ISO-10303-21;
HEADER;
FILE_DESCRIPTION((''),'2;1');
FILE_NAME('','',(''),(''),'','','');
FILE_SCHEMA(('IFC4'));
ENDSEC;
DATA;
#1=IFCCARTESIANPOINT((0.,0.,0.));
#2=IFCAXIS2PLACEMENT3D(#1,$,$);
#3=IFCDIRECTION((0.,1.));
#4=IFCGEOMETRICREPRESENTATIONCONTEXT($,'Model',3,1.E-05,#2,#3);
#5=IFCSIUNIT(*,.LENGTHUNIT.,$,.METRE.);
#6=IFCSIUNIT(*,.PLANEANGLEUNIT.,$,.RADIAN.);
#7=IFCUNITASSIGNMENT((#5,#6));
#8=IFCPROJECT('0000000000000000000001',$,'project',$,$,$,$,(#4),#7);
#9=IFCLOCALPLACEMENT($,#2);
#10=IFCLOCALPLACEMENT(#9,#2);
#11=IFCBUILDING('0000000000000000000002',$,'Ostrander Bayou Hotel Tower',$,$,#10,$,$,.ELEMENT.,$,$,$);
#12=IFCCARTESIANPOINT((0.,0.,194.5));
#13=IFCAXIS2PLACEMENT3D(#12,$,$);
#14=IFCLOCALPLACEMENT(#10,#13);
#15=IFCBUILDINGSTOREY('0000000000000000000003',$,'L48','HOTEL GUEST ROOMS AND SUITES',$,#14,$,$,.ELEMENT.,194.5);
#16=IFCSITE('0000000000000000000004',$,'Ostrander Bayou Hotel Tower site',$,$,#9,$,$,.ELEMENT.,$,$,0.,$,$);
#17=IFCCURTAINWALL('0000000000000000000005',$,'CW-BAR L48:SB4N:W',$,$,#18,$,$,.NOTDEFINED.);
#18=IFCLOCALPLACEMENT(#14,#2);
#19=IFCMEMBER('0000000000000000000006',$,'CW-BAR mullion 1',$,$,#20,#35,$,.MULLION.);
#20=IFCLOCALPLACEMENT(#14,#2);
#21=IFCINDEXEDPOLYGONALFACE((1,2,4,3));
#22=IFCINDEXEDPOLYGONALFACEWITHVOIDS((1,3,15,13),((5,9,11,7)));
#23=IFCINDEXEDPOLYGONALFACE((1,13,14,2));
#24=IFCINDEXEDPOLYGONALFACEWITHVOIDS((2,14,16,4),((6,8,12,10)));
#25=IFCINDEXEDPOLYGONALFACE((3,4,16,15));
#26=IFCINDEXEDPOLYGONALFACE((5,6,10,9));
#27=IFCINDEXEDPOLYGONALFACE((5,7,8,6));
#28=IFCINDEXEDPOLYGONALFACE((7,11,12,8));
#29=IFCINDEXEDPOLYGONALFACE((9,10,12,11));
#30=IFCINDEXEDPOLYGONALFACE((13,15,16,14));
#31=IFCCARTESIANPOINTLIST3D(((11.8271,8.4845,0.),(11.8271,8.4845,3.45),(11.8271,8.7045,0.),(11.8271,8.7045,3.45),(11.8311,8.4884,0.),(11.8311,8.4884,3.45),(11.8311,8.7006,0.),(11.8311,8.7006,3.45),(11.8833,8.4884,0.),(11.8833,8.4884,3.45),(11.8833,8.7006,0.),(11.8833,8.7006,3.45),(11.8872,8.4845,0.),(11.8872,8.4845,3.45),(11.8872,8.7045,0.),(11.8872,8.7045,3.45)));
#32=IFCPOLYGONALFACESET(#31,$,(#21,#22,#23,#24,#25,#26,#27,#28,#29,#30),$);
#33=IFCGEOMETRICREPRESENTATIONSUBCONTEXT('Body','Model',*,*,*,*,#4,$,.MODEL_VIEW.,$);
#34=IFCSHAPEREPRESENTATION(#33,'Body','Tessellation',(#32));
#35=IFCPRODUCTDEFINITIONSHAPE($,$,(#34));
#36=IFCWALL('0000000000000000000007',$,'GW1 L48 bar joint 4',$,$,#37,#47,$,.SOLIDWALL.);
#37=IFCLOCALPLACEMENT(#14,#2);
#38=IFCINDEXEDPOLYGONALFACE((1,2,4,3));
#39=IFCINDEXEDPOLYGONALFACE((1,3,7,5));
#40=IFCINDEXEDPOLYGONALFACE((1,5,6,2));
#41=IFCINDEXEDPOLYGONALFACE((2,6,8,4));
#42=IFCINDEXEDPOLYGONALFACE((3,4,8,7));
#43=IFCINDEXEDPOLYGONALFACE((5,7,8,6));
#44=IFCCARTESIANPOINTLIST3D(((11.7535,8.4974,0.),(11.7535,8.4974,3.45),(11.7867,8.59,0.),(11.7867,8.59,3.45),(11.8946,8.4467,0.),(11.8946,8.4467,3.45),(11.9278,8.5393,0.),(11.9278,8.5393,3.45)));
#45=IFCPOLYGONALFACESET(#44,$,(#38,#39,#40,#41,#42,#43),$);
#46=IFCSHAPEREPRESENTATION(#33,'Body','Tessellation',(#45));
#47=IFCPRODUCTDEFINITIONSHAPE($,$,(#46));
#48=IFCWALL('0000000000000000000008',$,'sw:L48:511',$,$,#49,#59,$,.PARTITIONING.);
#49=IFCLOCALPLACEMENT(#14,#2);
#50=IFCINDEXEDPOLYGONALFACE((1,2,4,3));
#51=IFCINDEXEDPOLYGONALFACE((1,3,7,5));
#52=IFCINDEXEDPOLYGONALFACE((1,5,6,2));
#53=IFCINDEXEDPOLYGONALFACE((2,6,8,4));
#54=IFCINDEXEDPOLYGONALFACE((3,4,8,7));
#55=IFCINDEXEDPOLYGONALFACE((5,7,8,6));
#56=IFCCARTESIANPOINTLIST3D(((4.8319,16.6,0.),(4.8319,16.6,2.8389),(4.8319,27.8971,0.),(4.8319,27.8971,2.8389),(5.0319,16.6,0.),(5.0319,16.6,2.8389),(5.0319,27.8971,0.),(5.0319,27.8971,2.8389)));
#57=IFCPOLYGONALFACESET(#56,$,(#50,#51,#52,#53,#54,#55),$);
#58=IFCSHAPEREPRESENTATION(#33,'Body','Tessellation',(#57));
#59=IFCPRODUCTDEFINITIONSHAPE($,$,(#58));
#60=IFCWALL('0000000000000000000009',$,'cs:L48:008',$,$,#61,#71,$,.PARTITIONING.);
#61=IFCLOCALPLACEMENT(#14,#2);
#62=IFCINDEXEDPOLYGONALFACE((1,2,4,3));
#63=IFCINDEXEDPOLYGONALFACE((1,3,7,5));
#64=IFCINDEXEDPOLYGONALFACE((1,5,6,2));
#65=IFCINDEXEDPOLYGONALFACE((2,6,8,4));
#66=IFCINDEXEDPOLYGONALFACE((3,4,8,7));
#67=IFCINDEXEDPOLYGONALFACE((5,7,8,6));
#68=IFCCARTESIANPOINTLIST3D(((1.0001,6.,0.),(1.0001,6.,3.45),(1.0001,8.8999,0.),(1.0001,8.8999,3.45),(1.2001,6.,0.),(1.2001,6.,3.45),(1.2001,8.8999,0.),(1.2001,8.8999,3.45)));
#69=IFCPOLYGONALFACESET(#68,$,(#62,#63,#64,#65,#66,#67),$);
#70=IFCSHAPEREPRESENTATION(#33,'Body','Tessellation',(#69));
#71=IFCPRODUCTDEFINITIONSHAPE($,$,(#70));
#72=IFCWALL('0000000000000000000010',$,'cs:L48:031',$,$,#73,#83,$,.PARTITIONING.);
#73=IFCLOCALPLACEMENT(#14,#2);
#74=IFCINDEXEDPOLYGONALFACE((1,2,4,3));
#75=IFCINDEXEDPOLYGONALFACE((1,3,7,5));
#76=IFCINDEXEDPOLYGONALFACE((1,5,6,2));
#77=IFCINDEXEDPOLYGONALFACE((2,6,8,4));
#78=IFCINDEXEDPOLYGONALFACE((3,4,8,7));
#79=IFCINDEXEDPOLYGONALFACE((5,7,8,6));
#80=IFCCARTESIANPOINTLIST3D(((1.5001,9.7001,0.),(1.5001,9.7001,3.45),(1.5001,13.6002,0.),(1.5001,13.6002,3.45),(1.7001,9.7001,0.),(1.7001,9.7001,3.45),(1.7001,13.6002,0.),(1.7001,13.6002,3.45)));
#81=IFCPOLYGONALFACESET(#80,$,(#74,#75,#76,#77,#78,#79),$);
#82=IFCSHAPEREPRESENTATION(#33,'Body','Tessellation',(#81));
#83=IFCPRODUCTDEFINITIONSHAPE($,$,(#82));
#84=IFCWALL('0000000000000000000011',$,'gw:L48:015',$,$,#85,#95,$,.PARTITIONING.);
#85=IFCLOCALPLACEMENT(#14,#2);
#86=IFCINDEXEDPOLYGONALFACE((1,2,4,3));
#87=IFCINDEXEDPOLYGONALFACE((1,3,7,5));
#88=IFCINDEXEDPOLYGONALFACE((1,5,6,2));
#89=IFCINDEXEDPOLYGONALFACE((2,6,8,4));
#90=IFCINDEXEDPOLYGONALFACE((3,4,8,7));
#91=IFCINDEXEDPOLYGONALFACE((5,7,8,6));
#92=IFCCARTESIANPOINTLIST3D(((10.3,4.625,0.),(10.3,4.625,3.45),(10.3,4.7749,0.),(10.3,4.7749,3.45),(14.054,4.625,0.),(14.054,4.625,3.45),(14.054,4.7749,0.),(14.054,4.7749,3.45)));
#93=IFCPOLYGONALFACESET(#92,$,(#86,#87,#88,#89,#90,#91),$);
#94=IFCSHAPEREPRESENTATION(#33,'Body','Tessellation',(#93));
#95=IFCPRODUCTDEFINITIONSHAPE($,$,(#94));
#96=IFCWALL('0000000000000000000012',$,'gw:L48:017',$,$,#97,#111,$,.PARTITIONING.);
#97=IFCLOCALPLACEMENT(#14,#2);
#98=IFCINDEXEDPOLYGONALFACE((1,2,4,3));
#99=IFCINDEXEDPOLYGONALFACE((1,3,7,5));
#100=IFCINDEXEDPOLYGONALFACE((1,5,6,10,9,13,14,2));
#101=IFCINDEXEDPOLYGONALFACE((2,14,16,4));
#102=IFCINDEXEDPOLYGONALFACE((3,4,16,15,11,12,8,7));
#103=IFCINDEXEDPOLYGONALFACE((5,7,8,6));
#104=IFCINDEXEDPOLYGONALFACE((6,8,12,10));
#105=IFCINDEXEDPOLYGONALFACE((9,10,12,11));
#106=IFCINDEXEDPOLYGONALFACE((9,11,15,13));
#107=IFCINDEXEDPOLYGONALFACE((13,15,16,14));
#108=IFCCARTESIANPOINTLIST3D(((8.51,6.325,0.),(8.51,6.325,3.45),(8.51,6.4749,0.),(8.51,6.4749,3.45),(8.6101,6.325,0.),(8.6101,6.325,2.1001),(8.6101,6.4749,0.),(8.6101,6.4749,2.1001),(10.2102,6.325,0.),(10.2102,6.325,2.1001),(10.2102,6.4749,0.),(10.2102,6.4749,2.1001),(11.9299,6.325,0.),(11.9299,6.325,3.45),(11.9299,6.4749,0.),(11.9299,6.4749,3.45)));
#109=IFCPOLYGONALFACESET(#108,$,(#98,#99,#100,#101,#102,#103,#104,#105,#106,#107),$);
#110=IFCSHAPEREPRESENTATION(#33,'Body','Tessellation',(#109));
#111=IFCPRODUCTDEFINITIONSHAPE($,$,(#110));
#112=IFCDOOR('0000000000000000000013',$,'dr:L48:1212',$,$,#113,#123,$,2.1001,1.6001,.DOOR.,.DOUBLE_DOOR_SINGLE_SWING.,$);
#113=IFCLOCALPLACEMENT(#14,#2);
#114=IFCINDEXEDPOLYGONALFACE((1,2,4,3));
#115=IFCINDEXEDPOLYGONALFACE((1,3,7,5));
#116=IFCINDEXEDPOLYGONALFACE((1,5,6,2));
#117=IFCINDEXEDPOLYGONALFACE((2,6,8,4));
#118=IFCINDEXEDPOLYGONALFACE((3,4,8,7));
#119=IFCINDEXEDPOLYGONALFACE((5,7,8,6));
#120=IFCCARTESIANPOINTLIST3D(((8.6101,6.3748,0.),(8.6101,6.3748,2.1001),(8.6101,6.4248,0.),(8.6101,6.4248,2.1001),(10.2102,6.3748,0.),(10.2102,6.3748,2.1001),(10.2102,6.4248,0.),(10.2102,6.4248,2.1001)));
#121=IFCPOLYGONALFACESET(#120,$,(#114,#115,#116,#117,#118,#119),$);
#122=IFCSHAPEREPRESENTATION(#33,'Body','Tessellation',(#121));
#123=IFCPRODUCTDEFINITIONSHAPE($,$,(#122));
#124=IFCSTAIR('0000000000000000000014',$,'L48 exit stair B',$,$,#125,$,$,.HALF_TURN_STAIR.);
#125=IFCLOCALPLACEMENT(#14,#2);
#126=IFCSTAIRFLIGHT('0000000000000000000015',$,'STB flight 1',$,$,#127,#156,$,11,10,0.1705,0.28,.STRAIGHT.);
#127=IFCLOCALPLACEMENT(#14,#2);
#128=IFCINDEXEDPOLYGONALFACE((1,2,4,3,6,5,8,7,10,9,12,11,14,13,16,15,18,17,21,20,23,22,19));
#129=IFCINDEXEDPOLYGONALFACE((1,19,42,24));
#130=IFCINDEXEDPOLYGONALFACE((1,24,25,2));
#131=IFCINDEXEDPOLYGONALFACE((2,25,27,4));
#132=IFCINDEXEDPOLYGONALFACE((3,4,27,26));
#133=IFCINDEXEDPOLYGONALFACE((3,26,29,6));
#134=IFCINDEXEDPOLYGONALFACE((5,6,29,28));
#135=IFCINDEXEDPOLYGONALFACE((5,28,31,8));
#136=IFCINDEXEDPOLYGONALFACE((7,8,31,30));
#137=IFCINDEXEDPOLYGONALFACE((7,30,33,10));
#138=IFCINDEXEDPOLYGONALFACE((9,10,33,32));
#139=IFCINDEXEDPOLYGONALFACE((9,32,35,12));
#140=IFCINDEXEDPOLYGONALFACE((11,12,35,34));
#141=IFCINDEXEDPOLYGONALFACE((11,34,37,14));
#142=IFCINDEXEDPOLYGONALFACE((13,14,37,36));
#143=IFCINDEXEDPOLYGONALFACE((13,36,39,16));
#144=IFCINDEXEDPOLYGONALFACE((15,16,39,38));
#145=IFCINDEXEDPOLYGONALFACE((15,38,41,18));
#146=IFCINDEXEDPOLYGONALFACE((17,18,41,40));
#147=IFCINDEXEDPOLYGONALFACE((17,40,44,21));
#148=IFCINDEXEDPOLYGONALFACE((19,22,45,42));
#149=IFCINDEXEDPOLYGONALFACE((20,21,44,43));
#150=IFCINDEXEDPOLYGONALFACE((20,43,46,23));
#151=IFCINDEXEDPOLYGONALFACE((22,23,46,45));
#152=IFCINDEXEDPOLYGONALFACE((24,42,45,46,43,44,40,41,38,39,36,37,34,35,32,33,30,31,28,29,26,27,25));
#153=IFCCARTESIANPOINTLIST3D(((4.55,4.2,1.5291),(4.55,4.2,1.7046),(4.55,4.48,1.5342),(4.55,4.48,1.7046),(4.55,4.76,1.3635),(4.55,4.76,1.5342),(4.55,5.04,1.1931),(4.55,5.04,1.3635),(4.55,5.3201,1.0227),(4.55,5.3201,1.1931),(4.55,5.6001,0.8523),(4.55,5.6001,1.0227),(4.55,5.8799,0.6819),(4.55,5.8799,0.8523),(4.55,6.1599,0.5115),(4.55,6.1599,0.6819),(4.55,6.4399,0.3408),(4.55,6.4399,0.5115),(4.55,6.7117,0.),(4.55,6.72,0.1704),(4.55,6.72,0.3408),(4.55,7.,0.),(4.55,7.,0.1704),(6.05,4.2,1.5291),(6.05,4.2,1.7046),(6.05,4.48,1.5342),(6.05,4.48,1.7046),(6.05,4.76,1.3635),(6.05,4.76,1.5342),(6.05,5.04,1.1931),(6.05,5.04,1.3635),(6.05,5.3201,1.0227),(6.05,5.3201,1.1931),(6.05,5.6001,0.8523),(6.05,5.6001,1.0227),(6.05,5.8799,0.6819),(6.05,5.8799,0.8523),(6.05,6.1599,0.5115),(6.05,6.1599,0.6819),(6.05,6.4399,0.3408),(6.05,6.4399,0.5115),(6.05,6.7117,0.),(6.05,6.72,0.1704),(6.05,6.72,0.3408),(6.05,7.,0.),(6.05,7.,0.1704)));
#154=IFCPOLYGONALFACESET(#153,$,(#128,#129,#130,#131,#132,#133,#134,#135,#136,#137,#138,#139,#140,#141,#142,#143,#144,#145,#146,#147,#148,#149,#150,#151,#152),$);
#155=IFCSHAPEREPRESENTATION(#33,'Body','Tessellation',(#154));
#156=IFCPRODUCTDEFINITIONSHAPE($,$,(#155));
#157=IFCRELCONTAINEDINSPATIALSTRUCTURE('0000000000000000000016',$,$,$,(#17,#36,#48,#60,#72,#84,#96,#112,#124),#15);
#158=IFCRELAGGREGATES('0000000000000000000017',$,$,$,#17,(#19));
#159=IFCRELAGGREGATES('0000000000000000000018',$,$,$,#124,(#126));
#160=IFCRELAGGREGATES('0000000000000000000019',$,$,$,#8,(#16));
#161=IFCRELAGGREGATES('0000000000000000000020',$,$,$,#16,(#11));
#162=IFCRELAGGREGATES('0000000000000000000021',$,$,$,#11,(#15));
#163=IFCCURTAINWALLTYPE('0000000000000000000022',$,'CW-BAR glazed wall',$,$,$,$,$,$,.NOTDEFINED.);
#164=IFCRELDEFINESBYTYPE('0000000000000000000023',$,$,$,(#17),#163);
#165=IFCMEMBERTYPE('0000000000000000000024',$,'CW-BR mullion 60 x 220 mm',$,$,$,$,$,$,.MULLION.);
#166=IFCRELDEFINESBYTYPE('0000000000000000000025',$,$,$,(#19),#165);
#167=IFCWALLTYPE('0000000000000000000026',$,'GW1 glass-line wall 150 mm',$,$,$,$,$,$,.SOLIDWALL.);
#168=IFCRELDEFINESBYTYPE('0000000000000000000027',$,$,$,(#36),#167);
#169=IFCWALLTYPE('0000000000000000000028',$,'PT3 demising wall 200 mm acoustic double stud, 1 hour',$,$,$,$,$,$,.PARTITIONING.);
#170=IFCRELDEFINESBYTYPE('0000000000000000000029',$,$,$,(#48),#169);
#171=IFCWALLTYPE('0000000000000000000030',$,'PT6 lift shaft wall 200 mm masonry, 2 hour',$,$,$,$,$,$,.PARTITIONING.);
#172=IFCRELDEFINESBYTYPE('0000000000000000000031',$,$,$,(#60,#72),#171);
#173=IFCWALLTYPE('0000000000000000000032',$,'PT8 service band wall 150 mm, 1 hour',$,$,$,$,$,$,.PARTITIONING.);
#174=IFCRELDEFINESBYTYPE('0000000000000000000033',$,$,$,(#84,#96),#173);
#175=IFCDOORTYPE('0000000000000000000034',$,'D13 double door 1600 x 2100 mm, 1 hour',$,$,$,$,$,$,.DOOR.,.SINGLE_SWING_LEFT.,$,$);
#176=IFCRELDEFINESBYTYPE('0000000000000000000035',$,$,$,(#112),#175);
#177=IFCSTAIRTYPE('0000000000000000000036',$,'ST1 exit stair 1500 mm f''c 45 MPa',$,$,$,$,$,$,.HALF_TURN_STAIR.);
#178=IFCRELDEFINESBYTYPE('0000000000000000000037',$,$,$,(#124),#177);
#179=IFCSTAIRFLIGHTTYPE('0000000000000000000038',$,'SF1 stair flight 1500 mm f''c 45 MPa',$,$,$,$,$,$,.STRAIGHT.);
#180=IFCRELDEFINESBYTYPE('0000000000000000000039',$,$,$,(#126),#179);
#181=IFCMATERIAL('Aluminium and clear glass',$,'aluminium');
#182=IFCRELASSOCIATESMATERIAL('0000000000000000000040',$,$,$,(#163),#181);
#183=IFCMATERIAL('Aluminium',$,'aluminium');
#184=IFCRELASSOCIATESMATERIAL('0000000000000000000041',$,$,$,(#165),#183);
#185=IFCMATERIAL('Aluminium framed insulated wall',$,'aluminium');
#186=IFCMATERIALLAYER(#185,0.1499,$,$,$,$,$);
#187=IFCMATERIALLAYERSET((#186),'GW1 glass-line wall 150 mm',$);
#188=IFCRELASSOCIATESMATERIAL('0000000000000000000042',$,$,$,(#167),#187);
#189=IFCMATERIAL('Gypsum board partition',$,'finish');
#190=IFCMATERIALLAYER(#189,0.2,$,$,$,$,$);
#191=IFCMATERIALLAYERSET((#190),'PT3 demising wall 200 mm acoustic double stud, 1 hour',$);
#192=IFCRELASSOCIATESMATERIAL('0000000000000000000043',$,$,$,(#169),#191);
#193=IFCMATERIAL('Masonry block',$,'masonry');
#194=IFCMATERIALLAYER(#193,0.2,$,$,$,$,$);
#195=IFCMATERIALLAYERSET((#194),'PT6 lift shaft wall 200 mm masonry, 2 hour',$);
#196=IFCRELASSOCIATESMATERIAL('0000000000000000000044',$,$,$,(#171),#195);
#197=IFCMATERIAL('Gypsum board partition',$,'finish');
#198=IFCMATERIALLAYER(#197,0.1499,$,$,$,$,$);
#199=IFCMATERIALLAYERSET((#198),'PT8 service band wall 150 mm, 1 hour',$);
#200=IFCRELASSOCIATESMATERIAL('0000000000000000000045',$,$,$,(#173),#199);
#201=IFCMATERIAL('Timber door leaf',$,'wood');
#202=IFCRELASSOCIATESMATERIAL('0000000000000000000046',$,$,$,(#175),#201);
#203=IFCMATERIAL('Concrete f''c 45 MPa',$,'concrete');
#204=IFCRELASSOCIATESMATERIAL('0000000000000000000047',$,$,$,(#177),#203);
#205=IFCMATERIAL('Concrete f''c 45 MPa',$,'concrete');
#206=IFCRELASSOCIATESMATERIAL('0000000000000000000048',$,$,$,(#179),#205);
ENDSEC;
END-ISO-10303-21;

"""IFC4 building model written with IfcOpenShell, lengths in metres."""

from ifc_helpers import new_model, si_unit, direction, frame, frame_2d, origin, origin_2d, place, context, subcontext, project, spatial, polyline, rectangle, hollow_rectangle, outline, extrude, material, layer, layer_set, material_profile, profile_set, type_object, element, fill, aggregate, save


model = new_model("IFC4")

# Units and contexts
model_context = context("Model", 3, precision=1e-05, world=origin(), true_north=direction((0.0, 1.0)))
body_context = subcontext(model_context, "Body", "Model", "MODEL_VIEW")
ifc_project = project(units=[si_unit("LENGTHUNIT", "METRE"), si_unit("PLANEANGLEUNIT", "RADIAN")], contexts=[model_context])

# Site, building, storey
site_placement = place(None, origin())
site = spatial("IfcSite", under=ifc_project, at=site_placement, Name="Ostrander Bayou Hotel Tower site", CompositionType="ELEMENT", RefElevation=0.0)
building_placement = place(site_placement, origin())
building = spatial("IfcBuilding", under=site, at=building_placement, Name="Ostrander Bayou Hotel Tower", CompositionType="ELEMENT")
storey_placement = place(building_placement, frame((0.0, 0.0, 194.5)))
storey = spatial("IfcBuildingStorey", under=building, at=storey_placement, Name="L48", Description="HOTEL GUEST ROOMS AND SUITES", CompositionType="ELEMENT", Elevation=194.5)

# Curtain wall, member
ifc_material_1 = material(Name="Aluminium and clear glass", Category="aluminium")
curtain_wall_type = type_object("IfcCurtainWallType", Name="CW-BAR glazed wall", PredefinedType="NOTDEFINED", material=ifc_material_1)
curtain_wall_placement = place(storey_placement, origin())
curtain_wall = element("IfcCurtainWall", 1, at=curtain_wall_placement, inside=storey, type_object=curtain_wall_type, Name="CW-BAR L48:SB4N:W", PredefinedType="NOTDEFINED")
ifc_material_2 = material(Name="Aluminium", Category="aluminium")
ifc_material_profile = material_profile(ifc_material_2, hollow_rectangle(XDim=0.0601, YDim=0.22, WallThickness=0.0039, at=origin_2d()))
ifc_profile_set = profile_set([ifc_material_profile], Name="Aluminium")
member_type = type_object("IfcMemberType", Name="CW-BR mullion 60 x 220 mm", PredefinedType="MULLION", material=ifc_profile_set)
member_placement = place(storey_placement, frame((11.8572, 8.5945, 0.0), z_axis=(0.0, 0.0, 1.0), x_axis=(-1.0, 0.0, 0.0)))
member = element("IfcMember", 2, at=member_placement, type_object=member_type, Name="CW-BAR mullion 1", PredefinedType="MULLION", context=body_context, shape_type="SweptSolid", body=[
    extrude(hollow_rectangle(XDim=0.0601, YDim=0.22, WallThickness=0.0039, at=origin_2d()), origin(), (0.0, 0.0, 1.0), 3.45),
])
aggregate(curtain_wall, [member])

# Walls
ifc_material_3 = material(Name="Aluminium framed insulated wall", Category="aluminium")
ifc_layer_1 = layer(ifc_material_3, 0.1499)
ifc_layer_set_1 = layer_set([ifc_layer_1], Name="GW1 glass-line wall 150 mm")
wall_type_1 = type_object("IfcWallType", Name="GW1 glass-line wall 150 mm", PredefinedType="SOLIDWALL", material=ifc_layer_set_1)
wall_1_placement = place(storey_placement, frame((11.824, 8.4719, 0.0), z_axis=(0.0, 0.0, 1.0), x_axis=(0.337752, 0.941235, 0.0)))
element("IfcWall", 3, at=wall_1_placement, inside=storey, type_object=wall_type_1, Name="GW1 L48 bar joint 4", PredefinedType="SOLIDWALL", context=body_context, shape_type="SweptSolid", body=[
    extrude(rectangle(XDim=0.0984, YDim=0.1499, at=frame_2d((0.0493, 0.0))), origin(), (0.0, 0.0, 1.0), 3.45),
])
ifc_material_4 = material(Name="Gypsum board partition", Category="finish")
ifc_layer_2 = layer(ifc_material_4, 0.2)
ifc_layer_set_2 = layer_set([ifc_layer_2], Name="PT3 demising wall 200 mm acoustic double stud, 1 hour")
wall_type_2 = type_object("IfcWallType", Name="PT3 demising wall 200 mm acoustic double stud, 1 hour", PredefinedType="PARTITIONING", material=ifc_layer_set_2)
wall_2_placement = place(storey_placement, frame((4.9319, 16.6001, 0.0), z_axis=(0.0, 0.0, 1.0), x_axis=(0.0, 1.0, 0.0)))
element("IfcWall", 4, at=wall_2_placement, inside=storey, type_object=wall_type_2, Name="sw:L48:511", PredefinedType="PARTITIONING", context=body_context, shape_type="SweptSolid", body=[
    extrude(rectangle(XDim=11.2971, YDim=0.2, at=frame_2d((5.6484, 0.0))), origin(), (0.0, 0.0, 1.0), 2.8389),
])

# Shared definitions
ifc_material_5 = material(Name="Masonry block", Category="masonry")
ifc_layer_3 = layer(ifc_material_5, 0.2)
ifc_layer_set_3 = layer_set([ifc_layer_3], Name="PT6 lift shaft wall 200 mm masonry, 2 hour")
wall_type_3 = type_object("IfcWallType", Name="PT6 lift shaft wall 200 mm masonry, 2 hour", PredefinedType="PARTITIONING", material=ifc_layer_set_3)

# Walls
wall_3_placement = place(storey_placement, frame((1.1001, 6.0, 0.0), z_axis=(0.0, 0.0, 1.0), x_axis=(0.0, 1.0, 0.0)))
element("IfcWall", 5, at=wall_3_placement, inside=storey, type_object=wall_type_3, Name="cs:L48:008", PredefinedType="PARTITIONING", context=body_context, shape_type="SweptSolid", body=[
    extrude(rectangle(XDim=2.8999, YDim=0.2, at=frame_2d((1.45, 0.0))), origin(), (0.0, 0.0, 1.0), 3.45),
])
wall_4_placement = place(storey_placement, frame((1.6001, 9.7, 0.0), z_axis=(0.0, 0.0, 1.0), x_axis=(0.0, 1.0, 0.0)))
element("IfcWall", 6, at=wall_4_placement, inside=storey, type_object=wall_type_3, Name="cs:L48:031", PredefinedType="PARTITIONING", context=body_context, shape_type="SweptSolid", body=[
    extrude(rectangle(XDim=3.9001, YDim=0.2, at=frame_2d((1.9502, 0.0))), origin(), (0.0, 0.0, 1.0), 3.45),
])
ifc_material_6 = material(Name="Gypsum board partition", Category="finish")
ifc_layer_4 = layer(ifc_material_6, 0.1499)
ifc_layer_set_4 = layer_set([ifc_layer_4], Name="PT8 service band wall 150 mm, 1 hour")
wall_type_4 = type_object("IfcWallType", Name="PT8 service band wall 150 mm, 1 hour", PredefinedType="PARTITIONING", material=ifc_layer_set_4)
wall_5_placement = place(storey_placement, frame((10.3, 4.7, 0.0), z_axis=(0.0, 0.0, 1.0), x_axis=(1.0, 0.0, 0.0)))
element("IfcWall", 7, at=wall_5_placement, inside=storey, type_object=wall_type_4, Name="gw:L48:015", PredefinedType="PARTITIONING", context=body_context, shape_type="SweptSolid", body=[
    extrude(rectangle(XDim=3.7539, YDim=0.1499, at=frame_2d((1.877, 0.0))), origin(), (0.0, 0.0, 1.0), 3.45),
])

# Wall, opening, door
wall_6_placement = place(storey_placement, frame((8.51, 6.3999, 0.0), z_axis=(0.0, 0.0, 1.0), x_axis=(1.0, 0.0, 0.0)))
wall_6 = element("IfcWall", 8, at=wall_6_placement, inside=storey, type_object=wall_type_4, Name="gw:L48:017", PredefinedType="PARTITIONING", context=body_context, shape_type="SweptSolid", body=[
    extrude(rectangle(XDim=3.4199, YDim=0.1499, at=frame_2d((1.71, 0.0))), origin(), (0.0, 0.0, 1.0), 3.45),
])
opening_1_placement = place(wall_6_placement, frame((0.1001, 0.0, 0.0)))
opening_1 = element("IfcOpeningElement", 9, at=opening_1_placement, cuts=wall_6, PredefinedType="OPENING", context=body_context, shape_type="SweptSolid", body=[
    extrude(rectangle(XDim=1.6001, YDim=2.1001, at=frame_2d((0.8, 1.05))), frame((0.0, 0.075, 0.0), z_axis=(0.0, -1.0, 0.0), x_axis=(1.0, 0.0, 0.0)), (0.0, 0.0, 1.0), 0.1499),
])
ifc_material_7 = material(Name="Timber door leaf", Category="wood")
door_type_1 = type_object("IfcDoorType", Name="D13 double door 1600 x 2100 mm, 1 hour", OperationType="SINGLE_SWING_LEFT", PredefinedType="DOOR", material=ifc_material_7)
door_1_placement = place(opening_1_placement, origin())
door_1 = element("IfcDoor", 10, at=door_1_placement, inside=storey, type_object=door_type_1, Name="dr:L48:1212", OperationType="DOUBLE_DOOR_SINGLE_SWING", OverallHeight=2.1001, OverallWidth=1.6001, PredefinedType="DOOR", context=body_context, shape_type="SweptSolid", body=[
    extrude(rectangle(XDim=1.6001, YDim=2.1001, at=frame_2d((0.8, 1.05))), frame((0.0, 0.0249, 0.0), z_axis=(0.0, -1.0, 0.0), x_axis=(1.0, 0.0, 0.0)), (0.0, 0.0, 1.0), 0.05),
])
fill(opening_1, door_1)

# Stair, stair flight
ifc_material_8 = material(Name="Concrete f'c 45 MPa", Category="concrete")
stair_type = type_object("IfcStairType", Name="ST1 exit stair 1500 mm f'c 45 MPa", PredefinedType="HALF_TURN_STAIR", material=ifc_material_8)
stair_placement = place(storey_placement, origin())
stair = element("IfcStair", 11, at=stair_placement, inside=storey, type_object=stair_type, Name="L48 exit stair B", PredefinedType="HALF_TURN_STAIR")
ifc_material_9 = material(Name="Concrete f'c 45 MPa", Category="concrete")
stair_flight_type = type_object("IfcStairFlightType", Name="SF1 stair flight 1500 mm f'c 45 MPa", PredefinedType="STRAIGHT", material=ifc_material_9)
stair_flight_1_placement = place(storey_placement, frame((5.3, 7.0, 0.0), z_axis=(0.0, 0.0, 1.0), x_axis=(0.0, -1.0, 0.0)))
stair_flight_1 = element("IfcStairFlight", 12, at=stair_flight_1_placement, type_object=stair_flight_type, Name="STB flight 1", NumberOfRisers=11, NumberOfTreads=10, PredefinedType="STRAIGHT", RiserHeight=0.1705, TreadLength=0.28, context=body_context, shape_type="SweptSolid", body=[
    extrude(outline(polyline([(0.0, 0.0), (0.0, 0.1704), (0.28, 0.1704), (0.28, 0.3408), (0.5601, 0.3408), (0.5601, 0.5115), (0.8401, 0.5115), (0.8401, 0.6819), (1.1201, 0.6819), (1.1201, 0.8523), (1.3999, 0.8523), (1.3999, 1.0227), (1.6799, 1.0227), (1.6799, 1.1931), (1.96, 1.1931), (1.96, 1.3635), (2.24, 1.3635), (2.24, 1.5342), (2.52, 1.5342), (2.52, 1.7046), (2.8, 1.7046), (2.8, 1.875), (2.8, 1.5291), (0.2883, 0.0), (0.0, 0.0)])), frame((0.0, 0.75, 0.0), z_axis=(0.0, -1.0, 0.0), x_axis=(1.0, 0.0, 0.0)), (0.0, 0.0, 1.0), 1.5),
])
aggregate(stair, [stair_flight_1])

save(model, "model.ifc")
